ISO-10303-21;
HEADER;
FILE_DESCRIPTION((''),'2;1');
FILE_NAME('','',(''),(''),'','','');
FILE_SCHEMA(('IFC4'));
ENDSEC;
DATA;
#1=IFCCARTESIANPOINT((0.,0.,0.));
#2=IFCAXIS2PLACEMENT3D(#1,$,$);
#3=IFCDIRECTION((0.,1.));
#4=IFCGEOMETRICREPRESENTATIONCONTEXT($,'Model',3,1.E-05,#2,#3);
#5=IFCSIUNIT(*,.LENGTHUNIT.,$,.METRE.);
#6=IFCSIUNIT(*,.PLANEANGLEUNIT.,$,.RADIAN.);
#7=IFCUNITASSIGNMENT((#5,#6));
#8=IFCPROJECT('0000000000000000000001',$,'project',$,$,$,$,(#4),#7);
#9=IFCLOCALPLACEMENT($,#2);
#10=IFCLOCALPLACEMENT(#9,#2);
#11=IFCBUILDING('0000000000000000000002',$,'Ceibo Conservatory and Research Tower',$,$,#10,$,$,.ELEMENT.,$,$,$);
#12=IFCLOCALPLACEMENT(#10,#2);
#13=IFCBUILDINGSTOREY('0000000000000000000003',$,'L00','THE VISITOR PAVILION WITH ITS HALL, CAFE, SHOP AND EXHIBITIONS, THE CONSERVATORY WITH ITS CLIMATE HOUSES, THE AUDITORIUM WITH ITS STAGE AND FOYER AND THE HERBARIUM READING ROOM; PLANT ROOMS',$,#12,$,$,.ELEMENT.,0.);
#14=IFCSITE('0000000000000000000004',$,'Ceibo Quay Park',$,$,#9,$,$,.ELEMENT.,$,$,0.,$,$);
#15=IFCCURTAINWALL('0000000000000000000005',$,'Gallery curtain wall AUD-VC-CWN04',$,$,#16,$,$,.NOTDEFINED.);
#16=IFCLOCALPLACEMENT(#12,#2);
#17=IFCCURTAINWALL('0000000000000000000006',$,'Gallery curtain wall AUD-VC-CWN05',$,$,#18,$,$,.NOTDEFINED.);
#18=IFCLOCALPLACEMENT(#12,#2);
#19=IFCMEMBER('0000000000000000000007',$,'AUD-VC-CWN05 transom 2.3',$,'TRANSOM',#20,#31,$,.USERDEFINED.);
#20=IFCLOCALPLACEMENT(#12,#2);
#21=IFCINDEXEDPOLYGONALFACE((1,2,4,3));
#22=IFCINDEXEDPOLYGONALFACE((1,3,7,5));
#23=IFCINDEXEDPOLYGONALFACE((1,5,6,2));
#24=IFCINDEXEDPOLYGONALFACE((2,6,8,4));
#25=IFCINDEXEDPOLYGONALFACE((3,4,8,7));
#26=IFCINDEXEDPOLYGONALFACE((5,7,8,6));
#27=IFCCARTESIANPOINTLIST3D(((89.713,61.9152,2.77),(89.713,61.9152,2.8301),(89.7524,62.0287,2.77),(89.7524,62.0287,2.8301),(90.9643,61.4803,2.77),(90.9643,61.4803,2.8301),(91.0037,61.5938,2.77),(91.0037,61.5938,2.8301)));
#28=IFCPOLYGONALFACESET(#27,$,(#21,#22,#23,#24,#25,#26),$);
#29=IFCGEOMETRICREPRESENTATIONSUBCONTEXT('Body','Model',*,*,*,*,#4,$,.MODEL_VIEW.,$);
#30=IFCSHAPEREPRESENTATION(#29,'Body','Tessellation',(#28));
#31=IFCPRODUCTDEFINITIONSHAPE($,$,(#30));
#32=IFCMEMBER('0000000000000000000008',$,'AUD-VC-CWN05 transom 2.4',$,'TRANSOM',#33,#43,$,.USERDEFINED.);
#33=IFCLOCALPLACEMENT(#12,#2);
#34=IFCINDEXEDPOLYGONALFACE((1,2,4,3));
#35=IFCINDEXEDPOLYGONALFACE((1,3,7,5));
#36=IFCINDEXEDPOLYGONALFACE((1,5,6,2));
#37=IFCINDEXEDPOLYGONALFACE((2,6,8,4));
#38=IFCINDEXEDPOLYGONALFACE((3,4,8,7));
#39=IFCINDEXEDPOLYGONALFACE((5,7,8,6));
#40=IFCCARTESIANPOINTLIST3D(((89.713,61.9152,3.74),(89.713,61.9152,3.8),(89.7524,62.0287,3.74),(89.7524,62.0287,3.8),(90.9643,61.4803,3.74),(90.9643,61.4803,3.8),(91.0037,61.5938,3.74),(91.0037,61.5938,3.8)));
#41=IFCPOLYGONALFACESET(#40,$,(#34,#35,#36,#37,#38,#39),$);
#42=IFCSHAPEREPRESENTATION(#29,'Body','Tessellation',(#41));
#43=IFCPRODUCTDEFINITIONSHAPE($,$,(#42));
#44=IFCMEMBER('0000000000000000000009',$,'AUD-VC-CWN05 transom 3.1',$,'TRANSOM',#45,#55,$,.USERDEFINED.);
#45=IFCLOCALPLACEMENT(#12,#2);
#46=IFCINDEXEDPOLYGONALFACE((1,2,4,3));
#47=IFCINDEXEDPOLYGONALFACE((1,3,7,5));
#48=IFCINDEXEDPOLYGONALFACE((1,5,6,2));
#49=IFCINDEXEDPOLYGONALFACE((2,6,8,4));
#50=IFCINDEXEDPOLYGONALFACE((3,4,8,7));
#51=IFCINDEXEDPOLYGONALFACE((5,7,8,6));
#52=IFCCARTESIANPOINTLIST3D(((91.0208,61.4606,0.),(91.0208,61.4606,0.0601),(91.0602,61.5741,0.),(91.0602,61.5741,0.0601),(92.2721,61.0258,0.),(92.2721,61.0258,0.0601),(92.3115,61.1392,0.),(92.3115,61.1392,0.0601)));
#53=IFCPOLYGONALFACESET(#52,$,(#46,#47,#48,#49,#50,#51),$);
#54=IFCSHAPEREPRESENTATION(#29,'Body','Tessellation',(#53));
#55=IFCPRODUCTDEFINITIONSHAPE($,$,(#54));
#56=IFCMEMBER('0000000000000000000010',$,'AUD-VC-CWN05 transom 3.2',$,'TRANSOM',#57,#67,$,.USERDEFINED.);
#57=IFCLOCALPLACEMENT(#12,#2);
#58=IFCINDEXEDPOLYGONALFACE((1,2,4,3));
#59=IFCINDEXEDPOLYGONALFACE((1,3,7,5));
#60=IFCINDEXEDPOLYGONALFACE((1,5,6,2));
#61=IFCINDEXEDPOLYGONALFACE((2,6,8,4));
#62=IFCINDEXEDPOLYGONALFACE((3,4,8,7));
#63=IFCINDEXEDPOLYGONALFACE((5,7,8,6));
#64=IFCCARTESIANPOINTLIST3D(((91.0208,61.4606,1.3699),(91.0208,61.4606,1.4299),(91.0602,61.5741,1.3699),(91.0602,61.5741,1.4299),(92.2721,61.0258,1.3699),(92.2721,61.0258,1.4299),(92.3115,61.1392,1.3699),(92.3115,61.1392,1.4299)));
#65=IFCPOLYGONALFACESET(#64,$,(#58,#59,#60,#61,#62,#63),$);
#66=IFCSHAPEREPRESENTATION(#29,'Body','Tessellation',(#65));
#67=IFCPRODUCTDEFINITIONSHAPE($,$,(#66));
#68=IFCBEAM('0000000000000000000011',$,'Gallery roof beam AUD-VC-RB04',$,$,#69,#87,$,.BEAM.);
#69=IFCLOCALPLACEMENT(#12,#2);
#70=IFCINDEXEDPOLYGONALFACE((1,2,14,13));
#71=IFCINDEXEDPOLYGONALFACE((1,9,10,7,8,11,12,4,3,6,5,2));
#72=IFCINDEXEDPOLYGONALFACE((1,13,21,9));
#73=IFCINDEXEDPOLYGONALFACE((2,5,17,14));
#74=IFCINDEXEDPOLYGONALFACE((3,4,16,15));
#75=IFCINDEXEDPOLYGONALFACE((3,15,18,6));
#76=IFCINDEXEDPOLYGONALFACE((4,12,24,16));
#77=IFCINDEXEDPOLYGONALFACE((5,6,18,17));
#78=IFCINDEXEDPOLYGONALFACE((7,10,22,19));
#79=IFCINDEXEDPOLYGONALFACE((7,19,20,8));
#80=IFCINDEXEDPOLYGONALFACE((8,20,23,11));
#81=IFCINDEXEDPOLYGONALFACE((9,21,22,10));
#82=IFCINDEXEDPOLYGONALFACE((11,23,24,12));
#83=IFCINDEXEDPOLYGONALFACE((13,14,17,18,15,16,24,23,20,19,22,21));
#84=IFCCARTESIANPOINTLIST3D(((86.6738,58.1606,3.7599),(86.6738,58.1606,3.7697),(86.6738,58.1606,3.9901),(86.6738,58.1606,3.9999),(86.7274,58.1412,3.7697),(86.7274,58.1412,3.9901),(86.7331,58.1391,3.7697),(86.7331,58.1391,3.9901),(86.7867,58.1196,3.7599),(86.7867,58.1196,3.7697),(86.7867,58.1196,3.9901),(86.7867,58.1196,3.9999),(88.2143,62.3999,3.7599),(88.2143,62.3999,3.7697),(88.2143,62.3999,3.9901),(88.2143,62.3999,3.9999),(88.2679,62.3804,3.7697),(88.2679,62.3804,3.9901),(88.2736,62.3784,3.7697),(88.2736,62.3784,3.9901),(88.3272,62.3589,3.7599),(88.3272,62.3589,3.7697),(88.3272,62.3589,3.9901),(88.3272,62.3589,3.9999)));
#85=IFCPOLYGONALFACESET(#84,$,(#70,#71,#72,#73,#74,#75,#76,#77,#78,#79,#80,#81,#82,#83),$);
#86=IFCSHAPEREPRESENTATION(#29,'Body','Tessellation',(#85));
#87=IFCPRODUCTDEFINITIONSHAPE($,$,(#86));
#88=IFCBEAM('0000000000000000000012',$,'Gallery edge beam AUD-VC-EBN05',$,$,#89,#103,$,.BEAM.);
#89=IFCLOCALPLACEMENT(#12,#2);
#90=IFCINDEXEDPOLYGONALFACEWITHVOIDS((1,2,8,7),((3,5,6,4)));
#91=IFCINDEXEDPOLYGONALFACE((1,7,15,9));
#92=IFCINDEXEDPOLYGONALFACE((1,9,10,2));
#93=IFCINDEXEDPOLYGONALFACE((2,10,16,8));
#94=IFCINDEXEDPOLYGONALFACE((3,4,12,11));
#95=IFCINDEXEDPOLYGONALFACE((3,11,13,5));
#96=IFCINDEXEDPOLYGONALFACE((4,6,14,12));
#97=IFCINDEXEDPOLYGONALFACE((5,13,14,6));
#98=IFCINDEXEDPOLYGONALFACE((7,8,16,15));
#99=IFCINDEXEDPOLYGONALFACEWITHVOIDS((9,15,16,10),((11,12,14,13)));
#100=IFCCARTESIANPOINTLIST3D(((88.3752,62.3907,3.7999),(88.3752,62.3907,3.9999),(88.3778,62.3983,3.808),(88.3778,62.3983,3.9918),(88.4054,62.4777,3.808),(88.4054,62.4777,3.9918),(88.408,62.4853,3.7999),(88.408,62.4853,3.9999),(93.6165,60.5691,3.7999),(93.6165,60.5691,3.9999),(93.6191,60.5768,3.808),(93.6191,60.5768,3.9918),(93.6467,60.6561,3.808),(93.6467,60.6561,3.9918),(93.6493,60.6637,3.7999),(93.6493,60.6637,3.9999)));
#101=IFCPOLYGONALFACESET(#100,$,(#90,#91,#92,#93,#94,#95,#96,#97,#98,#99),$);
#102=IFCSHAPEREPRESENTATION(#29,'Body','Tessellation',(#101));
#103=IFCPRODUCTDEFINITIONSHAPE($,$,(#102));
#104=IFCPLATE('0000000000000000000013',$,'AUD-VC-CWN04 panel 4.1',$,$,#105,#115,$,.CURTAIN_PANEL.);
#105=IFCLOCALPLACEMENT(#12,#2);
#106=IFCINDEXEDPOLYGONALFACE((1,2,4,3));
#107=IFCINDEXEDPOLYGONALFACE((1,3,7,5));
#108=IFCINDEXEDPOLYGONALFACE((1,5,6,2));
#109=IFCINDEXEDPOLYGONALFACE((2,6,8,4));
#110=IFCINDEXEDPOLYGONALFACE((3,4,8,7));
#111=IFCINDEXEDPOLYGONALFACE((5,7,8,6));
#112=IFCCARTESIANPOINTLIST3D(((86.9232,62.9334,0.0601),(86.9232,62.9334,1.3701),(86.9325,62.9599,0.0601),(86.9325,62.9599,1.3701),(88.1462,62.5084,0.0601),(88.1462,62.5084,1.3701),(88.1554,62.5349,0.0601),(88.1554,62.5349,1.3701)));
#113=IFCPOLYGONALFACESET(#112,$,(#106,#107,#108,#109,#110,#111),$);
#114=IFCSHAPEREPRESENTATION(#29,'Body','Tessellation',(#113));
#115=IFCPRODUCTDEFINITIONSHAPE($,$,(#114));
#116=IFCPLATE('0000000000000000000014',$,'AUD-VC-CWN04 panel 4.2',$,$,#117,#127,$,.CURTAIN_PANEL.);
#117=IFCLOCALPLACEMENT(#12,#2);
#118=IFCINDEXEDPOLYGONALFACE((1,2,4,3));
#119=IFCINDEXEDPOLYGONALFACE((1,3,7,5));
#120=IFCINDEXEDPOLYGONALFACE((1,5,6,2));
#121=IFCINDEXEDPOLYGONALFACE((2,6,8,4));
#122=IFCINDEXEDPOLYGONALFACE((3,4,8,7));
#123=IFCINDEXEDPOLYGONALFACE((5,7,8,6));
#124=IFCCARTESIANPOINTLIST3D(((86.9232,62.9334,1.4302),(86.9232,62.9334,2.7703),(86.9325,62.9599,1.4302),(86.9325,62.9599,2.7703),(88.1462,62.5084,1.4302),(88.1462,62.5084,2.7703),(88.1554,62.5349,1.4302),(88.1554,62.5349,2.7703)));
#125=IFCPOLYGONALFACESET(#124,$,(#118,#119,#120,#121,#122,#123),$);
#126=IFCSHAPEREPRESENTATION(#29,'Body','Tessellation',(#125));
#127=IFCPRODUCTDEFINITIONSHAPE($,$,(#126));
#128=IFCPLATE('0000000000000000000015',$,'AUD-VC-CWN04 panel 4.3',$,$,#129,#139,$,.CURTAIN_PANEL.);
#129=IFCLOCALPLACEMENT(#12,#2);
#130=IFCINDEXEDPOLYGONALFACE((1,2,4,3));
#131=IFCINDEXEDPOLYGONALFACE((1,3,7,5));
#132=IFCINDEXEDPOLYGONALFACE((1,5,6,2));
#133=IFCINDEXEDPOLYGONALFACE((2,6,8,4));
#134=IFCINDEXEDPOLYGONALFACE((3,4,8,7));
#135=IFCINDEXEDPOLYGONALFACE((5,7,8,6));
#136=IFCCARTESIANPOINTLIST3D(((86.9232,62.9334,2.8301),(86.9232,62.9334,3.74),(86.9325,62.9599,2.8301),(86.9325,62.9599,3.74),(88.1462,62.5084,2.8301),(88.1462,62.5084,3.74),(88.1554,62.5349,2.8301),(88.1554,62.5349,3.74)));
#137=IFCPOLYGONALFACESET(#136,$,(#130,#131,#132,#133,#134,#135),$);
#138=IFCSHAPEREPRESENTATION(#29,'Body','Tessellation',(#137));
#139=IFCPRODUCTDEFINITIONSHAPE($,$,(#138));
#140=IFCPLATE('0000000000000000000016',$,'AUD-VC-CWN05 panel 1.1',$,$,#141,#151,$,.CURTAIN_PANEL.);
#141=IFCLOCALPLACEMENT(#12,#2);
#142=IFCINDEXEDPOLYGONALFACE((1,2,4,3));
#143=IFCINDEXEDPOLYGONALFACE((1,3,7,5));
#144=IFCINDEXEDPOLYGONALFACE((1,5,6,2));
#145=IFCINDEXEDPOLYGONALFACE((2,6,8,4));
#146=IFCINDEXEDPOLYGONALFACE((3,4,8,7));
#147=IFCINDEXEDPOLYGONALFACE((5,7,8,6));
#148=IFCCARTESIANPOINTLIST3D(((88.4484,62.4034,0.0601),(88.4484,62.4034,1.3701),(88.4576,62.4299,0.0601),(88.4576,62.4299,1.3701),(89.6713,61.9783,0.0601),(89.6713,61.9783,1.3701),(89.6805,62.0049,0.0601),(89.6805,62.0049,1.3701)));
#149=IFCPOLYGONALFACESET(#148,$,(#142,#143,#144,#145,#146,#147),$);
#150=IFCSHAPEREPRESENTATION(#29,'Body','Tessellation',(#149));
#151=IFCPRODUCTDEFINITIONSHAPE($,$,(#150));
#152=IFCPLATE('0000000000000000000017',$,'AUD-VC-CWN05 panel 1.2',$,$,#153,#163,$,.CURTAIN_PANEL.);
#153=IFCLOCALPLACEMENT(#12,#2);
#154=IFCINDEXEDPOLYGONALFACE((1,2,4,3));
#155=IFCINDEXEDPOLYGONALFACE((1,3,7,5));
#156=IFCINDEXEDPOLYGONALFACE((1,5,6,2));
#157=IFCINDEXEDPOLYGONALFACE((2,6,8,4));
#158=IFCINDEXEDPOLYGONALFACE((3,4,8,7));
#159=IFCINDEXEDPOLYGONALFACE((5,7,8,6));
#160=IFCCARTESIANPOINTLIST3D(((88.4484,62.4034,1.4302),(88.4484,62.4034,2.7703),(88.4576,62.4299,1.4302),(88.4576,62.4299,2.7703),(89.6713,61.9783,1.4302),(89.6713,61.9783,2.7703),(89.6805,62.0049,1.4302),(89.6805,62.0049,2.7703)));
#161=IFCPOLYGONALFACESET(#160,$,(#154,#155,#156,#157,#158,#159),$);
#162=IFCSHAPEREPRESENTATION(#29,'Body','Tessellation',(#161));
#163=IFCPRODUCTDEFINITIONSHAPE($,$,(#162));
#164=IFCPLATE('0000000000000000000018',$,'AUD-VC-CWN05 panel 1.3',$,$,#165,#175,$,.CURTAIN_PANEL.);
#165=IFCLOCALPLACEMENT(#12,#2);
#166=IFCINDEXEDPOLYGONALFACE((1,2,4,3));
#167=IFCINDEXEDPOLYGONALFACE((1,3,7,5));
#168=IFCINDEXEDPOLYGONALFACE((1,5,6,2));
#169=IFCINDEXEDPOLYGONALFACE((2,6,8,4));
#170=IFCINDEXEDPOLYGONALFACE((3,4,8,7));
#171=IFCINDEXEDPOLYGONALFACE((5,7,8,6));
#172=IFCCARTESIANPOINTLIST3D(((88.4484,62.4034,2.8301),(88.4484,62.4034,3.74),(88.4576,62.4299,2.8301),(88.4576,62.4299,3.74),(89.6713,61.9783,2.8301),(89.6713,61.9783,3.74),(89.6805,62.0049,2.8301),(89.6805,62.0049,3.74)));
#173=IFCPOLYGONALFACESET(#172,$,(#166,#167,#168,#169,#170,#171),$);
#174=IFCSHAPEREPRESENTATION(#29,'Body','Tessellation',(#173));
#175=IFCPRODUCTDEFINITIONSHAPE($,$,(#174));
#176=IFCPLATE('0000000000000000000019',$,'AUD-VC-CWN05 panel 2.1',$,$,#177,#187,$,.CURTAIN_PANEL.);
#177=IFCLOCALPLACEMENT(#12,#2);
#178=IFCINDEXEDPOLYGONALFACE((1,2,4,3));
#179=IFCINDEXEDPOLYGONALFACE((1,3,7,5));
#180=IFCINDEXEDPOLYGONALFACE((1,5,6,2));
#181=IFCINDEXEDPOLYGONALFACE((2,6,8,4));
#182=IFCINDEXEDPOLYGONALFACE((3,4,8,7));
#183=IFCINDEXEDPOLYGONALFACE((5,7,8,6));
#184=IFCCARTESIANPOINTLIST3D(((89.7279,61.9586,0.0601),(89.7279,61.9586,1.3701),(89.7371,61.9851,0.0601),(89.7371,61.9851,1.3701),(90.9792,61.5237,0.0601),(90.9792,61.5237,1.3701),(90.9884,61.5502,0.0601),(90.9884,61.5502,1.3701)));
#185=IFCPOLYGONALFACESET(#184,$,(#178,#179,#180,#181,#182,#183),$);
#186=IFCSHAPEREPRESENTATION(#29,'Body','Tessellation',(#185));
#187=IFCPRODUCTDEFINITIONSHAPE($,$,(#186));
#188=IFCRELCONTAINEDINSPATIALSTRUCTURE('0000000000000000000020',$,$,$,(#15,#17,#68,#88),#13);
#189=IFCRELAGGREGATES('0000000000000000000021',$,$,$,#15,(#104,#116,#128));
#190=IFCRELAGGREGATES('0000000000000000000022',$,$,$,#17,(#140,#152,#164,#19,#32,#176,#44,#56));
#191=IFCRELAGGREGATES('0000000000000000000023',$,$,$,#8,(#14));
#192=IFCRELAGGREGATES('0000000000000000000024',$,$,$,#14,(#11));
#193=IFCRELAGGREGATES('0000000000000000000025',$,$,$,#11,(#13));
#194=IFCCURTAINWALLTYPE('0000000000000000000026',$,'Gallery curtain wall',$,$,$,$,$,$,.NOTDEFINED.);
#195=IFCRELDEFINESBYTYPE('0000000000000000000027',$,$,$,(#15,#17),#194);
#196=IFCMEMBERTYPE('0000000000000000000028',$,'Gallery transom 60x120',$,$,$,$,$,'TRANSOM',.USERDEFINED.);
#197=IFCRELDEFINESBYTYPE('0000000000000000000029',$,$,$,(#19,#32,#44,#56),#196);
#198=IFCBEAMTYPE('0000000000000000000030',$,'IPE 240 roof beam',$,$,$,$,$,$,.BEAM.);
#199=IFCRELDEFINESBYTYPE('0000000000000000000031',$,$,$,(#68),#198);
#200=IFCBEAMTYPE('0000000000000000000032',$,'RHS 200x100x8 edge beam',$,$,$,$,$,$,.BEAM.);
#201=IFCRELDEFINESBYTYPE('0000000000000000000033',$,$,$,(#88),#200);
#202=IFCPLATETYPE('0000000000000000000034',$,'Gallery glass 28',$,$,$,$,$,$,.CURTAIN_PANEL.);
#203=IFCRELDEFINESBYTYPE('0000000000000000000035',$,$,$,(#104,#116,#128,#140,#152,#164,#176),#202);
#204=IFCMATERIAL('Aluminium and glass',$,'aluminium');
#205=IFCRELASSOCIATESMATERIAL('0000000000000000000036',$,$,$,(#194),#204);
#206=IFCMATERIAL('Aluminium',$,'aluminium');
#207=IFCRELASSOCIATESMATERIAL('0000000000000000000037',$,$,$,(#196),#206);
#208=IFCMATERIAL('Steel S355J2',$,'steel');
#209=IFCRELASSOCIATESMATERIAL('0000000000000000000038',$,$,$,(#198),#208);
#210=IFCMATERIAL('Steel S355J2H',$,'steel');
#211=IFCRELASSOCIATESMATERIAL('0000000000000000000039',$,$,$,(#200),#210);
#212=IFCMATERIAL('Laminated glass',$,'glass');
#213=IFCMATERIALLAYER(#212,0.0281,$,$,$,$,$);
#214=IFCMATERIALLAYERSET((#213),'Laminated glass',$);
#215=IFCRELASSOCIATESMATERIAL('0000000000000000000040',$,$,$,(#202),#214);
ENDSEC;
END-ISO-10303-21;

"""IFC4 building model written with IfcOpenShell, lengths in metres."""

from ifc_helpers import new_model, si_unit, direction, frame, origin, origin_2d, place, context, subcontext, project, spatial, rectangle, hollow_rectangle, i_section, extrude, material, layer, layer_set, material_profile, profile_set, type_object, element, aggregate, save


model = new_model("IFC4")

# Units and contexts
model_context = context("Model", 3, precision=1e-05, world=origin(), true_north=direction((0.0, 1.0)))
body_context = subcontext(model_context, "Body", "Model", "MODEL_VIEW")
ifc_project = project(units=[si_unit("LENGTHUNIT", "METRE"), si_unit("PLANEANGLEUNIT", "RADIAN")], contexts=[model_context])

# Site, building, storey
site_placement = place(None, origin())
site = spatial("IfcSite", under=ifc_project, at=site_placement, Name="Ceibo Quay Park", CompositionType="ELEMENT", RefElevation=0.0)
building_placement = place(site_placement, origin())
building = spatial("IfcBuilding", under=site, at=building_placement, Name="Ceibo Conservatory and Research Tower", CompositionType="ELEMENT")
storey_placement = place(building_placement, origin())
storey = spatial("IfcBuildingStorey", under=building, at=storey_placement, Name="L00", Description="THE VISITOR PAVILION WITH ITS HALL, CAFE, SHOP AND EXHIBITIONS, THE CONSERVATORY WITH ITS CLIMATE HOUSES, THE AUDITORIUM WITH ITS STAGE AND FOYER AND THE HERBARIUM READING ROOM; PLANT ROOMS", CompositionType="ELEMENT", Elevation=0.0)

# Shared definitions
ifc_material_1 = material(Name="Steel S355J2H", Category="steel")

# Curtain wall
ifc_material_2 = material(Name="Aluminium and glass", Category="aluminium")
curtain_wall_type = type_object("IfcCurtainWallType", Name="Gallery curtain wall", PredefinedType="NOTDEFINED", material=ifc_material_2)
curtain_wall_1_placement = place(storey_placement, origin())
curtain_wall_1 = element("IfcCurtainWall", 1, at=curtain_wall_1_placement, inside=storey, type_object=curtain_wall_type, Name="Gallery curtain wall AUD-VC-CWN04", PredefinedType="NOTDEFINED")
ifc_material_3 = material(Name="Aluminium", Category="aluminium")

# Curtain wall
curtain_wall_2_placement = place(storey_placement, origin())
curtain_wall_2 = element("IfcCurtainWall", 2, at=curtain_wall_2_placement, inside=storey, type_object=curtain_wall_type, Name="Gallery curtain wall AUD-VC-CWN05", PredefinedType="NOTDEFINED")

# Members
ifc_material_profile_1 = material_profile(ifc_material_3, rectangle(XDim=0.1201, YDim=0.0601, at=origin_2d()), Name="AL 60x120")
ifc_profile_set_1 = profile_set([ifc_material_profile_1], Name="Aluminium")
member_type_1 = type_object("IfcMemberType", Name="Gallery transom 60x120", ElementType="TRANSOM", PredefinedType="USERDEFINED", material=ifc_profile_set_1)
member_1_placement = place(storey_placement, frame((89.7327, 61.9719, 2.8), z_axis=(0.944589, -0.328256, 0.0), x_axis=(0.328256, 0.944589, 0.0)))
member_1 = element("IfcMember", 3, at=member_1_placement, type_object=member_type_1, Name="AUD-VC-CWN05 transom 2.3", ObjectType="TRANSOM", PredefinedType="USERDEFINED", context=body_context, shape_type="SweptSolid", body=[
    extrude(rectangle(XDim=0.1201, YDim=0.0601, at=origin_2d()), origin(), (0.0, 0.0, 1.0), 1.3247),
])
member_2_placement = place(storey_placement, frame((89.7327, 61.9719, 3.77), z_axis=(0.944589, -0.328256, 0.0), x_axis=(0.328256, 0.944589, 0.0)))
member_2 = element("IfcMember", 4, at=member_2_placement, type_object=member_type_1, Name="AUD-VC-CWN05 transom 2.4", ObjectType="TRANSOM", PredefinedType="USERDEFINED", context=body_context, shape_type="SweptSolid", body=[
    extrude(rectangle(XDim=0.1201, YDim=0.0601, at=origin_2d()), origin(), (0.0, 0.0, 1.0), 1.3247),
])
member_3_placement = place(storey_placement, frame((91.0405, 61.5173, 0.03), z_axis=(0.944589, -0.328256, 0.0), x_axis=(0.328256, 0.944589, 0.0)))
member_3 = element("IfcMember", 5, at=member_3_placement, type_object=member_type_1, Name="AUD-VC-CWN05 transom 3.1", ObjectType="TRANSOM", PredefinedType="USERDEFINED", context=body_context, shape_type="SweptSolid", body=[
    extrude(rectangle(XDim=0.1201, YDim=0.0601, at=origin_2d()), origin(), (0.0, 0.0, 1.0), 1.3247),
])
member_4_placement = place(storey_placement, frame((91.0405, 61.5173, 1.3999), z_axis=(0.944589, -0.328256, 0.0), x_axis=(0.328256, 0.944589, 0.0)))
member_4 = element("IfcMember", 6, at=member_4_placement, type_object=member_type_1, Name="AUD-VC-CWN05 transom 3.2", ObjectType="TRANSOM", PredefinedType="USERDEFINED", context=body_context, shape_type="SweptSolid", body=[
    extrude(rectangle(XDim=0.1201, YDim=0.0601, at=origin_2d()), origin(), (0.0, 0.0, 1.0), 1.3247),
])

# Beams
ifc_material_4 = material(Name="Steel S355J2", Category="steel")
ifc_material_profile_2 = material_profile(ifc_material_4, i_section(OverallWidth=0.1201, OverallDepth=0.24, WebThickness=0.0061, FlangeThickness=0.0098, at=origin_2d()), Name="IPE 240")
ifc_profile_set_2 = profile_set([ifc_material_profile_2], Name="Steel S355J2")
beam_type_1 = type_object("IfcBeamType", Name="IPE 240 roof beam", PredefinedType="BEAM", material=ifc_profile_set_2)
beam_1_placement = place(storey_placement, frame((88.2708, 62.3794, 3.8799), z_axis=(-0.341543, -0.939866, 0.0), x_axis=(0.939866, -0.341543, 0.0)))
element("IfcBeam", 7, at=beam_1_placement, inside=storey, type_object=beam_type_1, Name="Gallery roof beam AUD-VC-RB04", PredefinedType="BEAM", context=body_context, shape_type="SweptSolid", body=[
    extrude(i_section(OverallWidth=0.1201, OverallDepth=0.24, WebThickness=0.0061, FlangeThickness=0.0098, at=origin_2d()), origin(), (0.0, 0.0, 1.0), 4.5105),
])
ifc_material_profile_3 = material_profile(ifc_material_1, hollow_rectangle(XDim=0.1001, YDim=0.2, WallThickness=0.0081, at=origin_2d()), Name="RHS 200x100x8 edge beam")
ifc_profile_set_3 = profile_set([ifc_material_profile_3], Name="Steel S355J2H")
beam_type_2 = type_object("IfcBeamType", Name="RHS 200x100x8 edge beam", PredefinedType="BEAM", material=ifc_profile_set_3)
beam_2_placement = place(storey_placement, frame((88.3916, 62.438, 3.8999), z_axis=(0.94458, -0.32828, 0.0), x_axis=(0.32828, 0.94458, 0.0)))
element("IfcBeam", 8, at=beam_2_placement, inside=storey, type_object=beam_type_2, Name="Gallery edge beam AUD-VC-EBN05", PredefinedType="BEAM", context=body_context, shape_type="SweptSolid", body=[
    extrude(hollow_rectangle(XDim=0.1001, YDim=0.2, WallThickness=0.0081, at=origin_2d()), origin(), (0.0, 0.0, 1.0), 5.5488),
])

# Plates
ifc_material_5 = material(Name="Laminated glass", Category="glass")
ifc_layer = layer(ifc_material_5, 0.0281)
ifc_layer_set = layer_set([ifc_layer], Name="Laminated glass")
plate_type = type_object("IfcPlateType", Name="Gallery glass 28", PredefinedType="CURTAIN_PANEL", material=ifc_layer_set)
plate_1_placement = place(storey_placement, frame((87.5393, 62.7341, 0.0601), z_axis=(0.0, 0.0, 1.0), x_axis=(0.944579, -0.328284, 0.0)))
plate_1 = element("IfcPlate", 9, at=plate_1_placement, type_object=plate_type, Name="AUD-VC-CWN04 panel 4.1", PredefinedType="CURTAIN_PANEL", context=body_context, shape_type="SweptSolid", body=[
    extrude(rectangle(XDim=1.2947, YDim=0.0281, at=origin_2d()), origin(), (0.0, 0.0, 1.0), 1.3101),
])
plate_2_placement = place(storey_placement, frame((87.5393, 62.7341, 1.4302), z_axis=(0.0, 0.0, 1.0), x_axis=(0.944579, -0.328284, 0.0)))
plate_2 = element("IfcPlate", 10, at=plate_2_placement, type_object=plate_type, Name="AUD-VC-CWN04 panel 4.2", PredefinedType="CURTAIN_PANEL", context=body_context, shape_type="SweptSolid", body=[
    extrude(rectangle(XDim=1.2947, YDim=0.0281, at=origin_2d()), origin(), (0.0, 0.0, 1.0), 1.3401),
])
plate_3_placement = place(storey_placement, frame((87.5393, 62.7341, 2.8301), z_axis=(0.0, 0.0, 1.0), x_axis=(0.944579, -0.328284, 0.0)))
plate_3 = element("IfcPlate", 11, at=plate_3_placement, type_object=plate_type, Name="AUD-VC-CWN04 panel 4.3", PredefinedType="CURTAIN_PANEL", context=body_context, shape_type="SweptSolid", body=[
    extrude(rectangle(XDim=1.2947, YDim=0.0281, at=origin_2d()), origin(), (0.0, 0.0, 1.0), 0.9099),
])
aggregate(curtain_wall_1, [plate_1, plate_2, plate_3])
plate_4_placement = place(storey_placement, frame((89.0645, 62.2041, 0.0601), z_axis=(0.0, 0.0, 1.0), x_axis=(0.944579, -0.328284, 0.0)))
plate_4 = element("IfcPlate", 12, at=plate_4_placement, type_object=plate_type, Name="AUD-VC-CWN05 panel 1.1", PredefinedType="CURTAIN_PANEL", context=body_context, shape_type="SweptSolid", body=[
    extrude(rectangle(XDim=1.2947, YDim=0.0281, at=origin_2d()), origin(), (0.0, 0.0, 1.0), 1.3101),
])
plate_5_placement = place(storey_placement, frame((89.0645, 62.2041, 1.4302), z_axis=(0.0, 0.0, 1.0), x_axis=(0.944579, -0.328284, 0.0)))
plate_5 = element("IfcPlate", 13, at=plate_5_placement, type_object=plate_type, Name="AUD-VC-CWN05 panel 1.2", PredefinedType="CURTAIN_PANEL", context=body_context, shape_type="SweptSolid", body=[
    extrude(rectangle(XDim=1.2947, YDim=0.0281, at=origin_2d()), origin(), (0.0, 0.0, 1.0), 1.3401),
])
plate_6_placement = place(storey_placement, frame((89.0645, 62.2041, 2.8301), z_axis=(0.0, 0.0, 1.0), x_axis=(0.944579, -0.328284, 0.0)))
plate_6 = element("IfcPlate", 14, at=plate_6_placement, type_object=plate_type, Name="AUD-VC-CWN05 panel 1.3", PredefinedType="CURTAIN_PANEL", context=body_context, shape_type="SweptSolid", body=[
    extrude(rectangle(XDim=1.2947, YDim=0.0281, at=origin_2d()), origin(), (0.0, 0.0, 1.0), 0.9099),
])
plate_7_placement = place(storey_placement, frame((90.3582, 61.7544, 0.0601), z_axis=(0.0, 0.0, 1.0), x_axis=(0.944579, -0.328284, 0.0)))
plate_7 = element("IfcPlate", 15, at=plate_7_placement, type_object=plate_type, Name="AUD-VC-CWN05 panel 2.1", PredefinedType="CURTAIN_PANEL", context=body_context, shape_type="SweptSolid", body=[
    extrude(rectangle(XDim=1.3247, YDim=0.0281, at=origin_2d()), origin(), (0.0, 0.0, 1.0), 1.3101),
])
aggregate(curtain_wall_2, [plate_4, plate_5, plate_6, member_1, member_2, plate_7, member_3, member_4])

save(model, "model.ifc")
